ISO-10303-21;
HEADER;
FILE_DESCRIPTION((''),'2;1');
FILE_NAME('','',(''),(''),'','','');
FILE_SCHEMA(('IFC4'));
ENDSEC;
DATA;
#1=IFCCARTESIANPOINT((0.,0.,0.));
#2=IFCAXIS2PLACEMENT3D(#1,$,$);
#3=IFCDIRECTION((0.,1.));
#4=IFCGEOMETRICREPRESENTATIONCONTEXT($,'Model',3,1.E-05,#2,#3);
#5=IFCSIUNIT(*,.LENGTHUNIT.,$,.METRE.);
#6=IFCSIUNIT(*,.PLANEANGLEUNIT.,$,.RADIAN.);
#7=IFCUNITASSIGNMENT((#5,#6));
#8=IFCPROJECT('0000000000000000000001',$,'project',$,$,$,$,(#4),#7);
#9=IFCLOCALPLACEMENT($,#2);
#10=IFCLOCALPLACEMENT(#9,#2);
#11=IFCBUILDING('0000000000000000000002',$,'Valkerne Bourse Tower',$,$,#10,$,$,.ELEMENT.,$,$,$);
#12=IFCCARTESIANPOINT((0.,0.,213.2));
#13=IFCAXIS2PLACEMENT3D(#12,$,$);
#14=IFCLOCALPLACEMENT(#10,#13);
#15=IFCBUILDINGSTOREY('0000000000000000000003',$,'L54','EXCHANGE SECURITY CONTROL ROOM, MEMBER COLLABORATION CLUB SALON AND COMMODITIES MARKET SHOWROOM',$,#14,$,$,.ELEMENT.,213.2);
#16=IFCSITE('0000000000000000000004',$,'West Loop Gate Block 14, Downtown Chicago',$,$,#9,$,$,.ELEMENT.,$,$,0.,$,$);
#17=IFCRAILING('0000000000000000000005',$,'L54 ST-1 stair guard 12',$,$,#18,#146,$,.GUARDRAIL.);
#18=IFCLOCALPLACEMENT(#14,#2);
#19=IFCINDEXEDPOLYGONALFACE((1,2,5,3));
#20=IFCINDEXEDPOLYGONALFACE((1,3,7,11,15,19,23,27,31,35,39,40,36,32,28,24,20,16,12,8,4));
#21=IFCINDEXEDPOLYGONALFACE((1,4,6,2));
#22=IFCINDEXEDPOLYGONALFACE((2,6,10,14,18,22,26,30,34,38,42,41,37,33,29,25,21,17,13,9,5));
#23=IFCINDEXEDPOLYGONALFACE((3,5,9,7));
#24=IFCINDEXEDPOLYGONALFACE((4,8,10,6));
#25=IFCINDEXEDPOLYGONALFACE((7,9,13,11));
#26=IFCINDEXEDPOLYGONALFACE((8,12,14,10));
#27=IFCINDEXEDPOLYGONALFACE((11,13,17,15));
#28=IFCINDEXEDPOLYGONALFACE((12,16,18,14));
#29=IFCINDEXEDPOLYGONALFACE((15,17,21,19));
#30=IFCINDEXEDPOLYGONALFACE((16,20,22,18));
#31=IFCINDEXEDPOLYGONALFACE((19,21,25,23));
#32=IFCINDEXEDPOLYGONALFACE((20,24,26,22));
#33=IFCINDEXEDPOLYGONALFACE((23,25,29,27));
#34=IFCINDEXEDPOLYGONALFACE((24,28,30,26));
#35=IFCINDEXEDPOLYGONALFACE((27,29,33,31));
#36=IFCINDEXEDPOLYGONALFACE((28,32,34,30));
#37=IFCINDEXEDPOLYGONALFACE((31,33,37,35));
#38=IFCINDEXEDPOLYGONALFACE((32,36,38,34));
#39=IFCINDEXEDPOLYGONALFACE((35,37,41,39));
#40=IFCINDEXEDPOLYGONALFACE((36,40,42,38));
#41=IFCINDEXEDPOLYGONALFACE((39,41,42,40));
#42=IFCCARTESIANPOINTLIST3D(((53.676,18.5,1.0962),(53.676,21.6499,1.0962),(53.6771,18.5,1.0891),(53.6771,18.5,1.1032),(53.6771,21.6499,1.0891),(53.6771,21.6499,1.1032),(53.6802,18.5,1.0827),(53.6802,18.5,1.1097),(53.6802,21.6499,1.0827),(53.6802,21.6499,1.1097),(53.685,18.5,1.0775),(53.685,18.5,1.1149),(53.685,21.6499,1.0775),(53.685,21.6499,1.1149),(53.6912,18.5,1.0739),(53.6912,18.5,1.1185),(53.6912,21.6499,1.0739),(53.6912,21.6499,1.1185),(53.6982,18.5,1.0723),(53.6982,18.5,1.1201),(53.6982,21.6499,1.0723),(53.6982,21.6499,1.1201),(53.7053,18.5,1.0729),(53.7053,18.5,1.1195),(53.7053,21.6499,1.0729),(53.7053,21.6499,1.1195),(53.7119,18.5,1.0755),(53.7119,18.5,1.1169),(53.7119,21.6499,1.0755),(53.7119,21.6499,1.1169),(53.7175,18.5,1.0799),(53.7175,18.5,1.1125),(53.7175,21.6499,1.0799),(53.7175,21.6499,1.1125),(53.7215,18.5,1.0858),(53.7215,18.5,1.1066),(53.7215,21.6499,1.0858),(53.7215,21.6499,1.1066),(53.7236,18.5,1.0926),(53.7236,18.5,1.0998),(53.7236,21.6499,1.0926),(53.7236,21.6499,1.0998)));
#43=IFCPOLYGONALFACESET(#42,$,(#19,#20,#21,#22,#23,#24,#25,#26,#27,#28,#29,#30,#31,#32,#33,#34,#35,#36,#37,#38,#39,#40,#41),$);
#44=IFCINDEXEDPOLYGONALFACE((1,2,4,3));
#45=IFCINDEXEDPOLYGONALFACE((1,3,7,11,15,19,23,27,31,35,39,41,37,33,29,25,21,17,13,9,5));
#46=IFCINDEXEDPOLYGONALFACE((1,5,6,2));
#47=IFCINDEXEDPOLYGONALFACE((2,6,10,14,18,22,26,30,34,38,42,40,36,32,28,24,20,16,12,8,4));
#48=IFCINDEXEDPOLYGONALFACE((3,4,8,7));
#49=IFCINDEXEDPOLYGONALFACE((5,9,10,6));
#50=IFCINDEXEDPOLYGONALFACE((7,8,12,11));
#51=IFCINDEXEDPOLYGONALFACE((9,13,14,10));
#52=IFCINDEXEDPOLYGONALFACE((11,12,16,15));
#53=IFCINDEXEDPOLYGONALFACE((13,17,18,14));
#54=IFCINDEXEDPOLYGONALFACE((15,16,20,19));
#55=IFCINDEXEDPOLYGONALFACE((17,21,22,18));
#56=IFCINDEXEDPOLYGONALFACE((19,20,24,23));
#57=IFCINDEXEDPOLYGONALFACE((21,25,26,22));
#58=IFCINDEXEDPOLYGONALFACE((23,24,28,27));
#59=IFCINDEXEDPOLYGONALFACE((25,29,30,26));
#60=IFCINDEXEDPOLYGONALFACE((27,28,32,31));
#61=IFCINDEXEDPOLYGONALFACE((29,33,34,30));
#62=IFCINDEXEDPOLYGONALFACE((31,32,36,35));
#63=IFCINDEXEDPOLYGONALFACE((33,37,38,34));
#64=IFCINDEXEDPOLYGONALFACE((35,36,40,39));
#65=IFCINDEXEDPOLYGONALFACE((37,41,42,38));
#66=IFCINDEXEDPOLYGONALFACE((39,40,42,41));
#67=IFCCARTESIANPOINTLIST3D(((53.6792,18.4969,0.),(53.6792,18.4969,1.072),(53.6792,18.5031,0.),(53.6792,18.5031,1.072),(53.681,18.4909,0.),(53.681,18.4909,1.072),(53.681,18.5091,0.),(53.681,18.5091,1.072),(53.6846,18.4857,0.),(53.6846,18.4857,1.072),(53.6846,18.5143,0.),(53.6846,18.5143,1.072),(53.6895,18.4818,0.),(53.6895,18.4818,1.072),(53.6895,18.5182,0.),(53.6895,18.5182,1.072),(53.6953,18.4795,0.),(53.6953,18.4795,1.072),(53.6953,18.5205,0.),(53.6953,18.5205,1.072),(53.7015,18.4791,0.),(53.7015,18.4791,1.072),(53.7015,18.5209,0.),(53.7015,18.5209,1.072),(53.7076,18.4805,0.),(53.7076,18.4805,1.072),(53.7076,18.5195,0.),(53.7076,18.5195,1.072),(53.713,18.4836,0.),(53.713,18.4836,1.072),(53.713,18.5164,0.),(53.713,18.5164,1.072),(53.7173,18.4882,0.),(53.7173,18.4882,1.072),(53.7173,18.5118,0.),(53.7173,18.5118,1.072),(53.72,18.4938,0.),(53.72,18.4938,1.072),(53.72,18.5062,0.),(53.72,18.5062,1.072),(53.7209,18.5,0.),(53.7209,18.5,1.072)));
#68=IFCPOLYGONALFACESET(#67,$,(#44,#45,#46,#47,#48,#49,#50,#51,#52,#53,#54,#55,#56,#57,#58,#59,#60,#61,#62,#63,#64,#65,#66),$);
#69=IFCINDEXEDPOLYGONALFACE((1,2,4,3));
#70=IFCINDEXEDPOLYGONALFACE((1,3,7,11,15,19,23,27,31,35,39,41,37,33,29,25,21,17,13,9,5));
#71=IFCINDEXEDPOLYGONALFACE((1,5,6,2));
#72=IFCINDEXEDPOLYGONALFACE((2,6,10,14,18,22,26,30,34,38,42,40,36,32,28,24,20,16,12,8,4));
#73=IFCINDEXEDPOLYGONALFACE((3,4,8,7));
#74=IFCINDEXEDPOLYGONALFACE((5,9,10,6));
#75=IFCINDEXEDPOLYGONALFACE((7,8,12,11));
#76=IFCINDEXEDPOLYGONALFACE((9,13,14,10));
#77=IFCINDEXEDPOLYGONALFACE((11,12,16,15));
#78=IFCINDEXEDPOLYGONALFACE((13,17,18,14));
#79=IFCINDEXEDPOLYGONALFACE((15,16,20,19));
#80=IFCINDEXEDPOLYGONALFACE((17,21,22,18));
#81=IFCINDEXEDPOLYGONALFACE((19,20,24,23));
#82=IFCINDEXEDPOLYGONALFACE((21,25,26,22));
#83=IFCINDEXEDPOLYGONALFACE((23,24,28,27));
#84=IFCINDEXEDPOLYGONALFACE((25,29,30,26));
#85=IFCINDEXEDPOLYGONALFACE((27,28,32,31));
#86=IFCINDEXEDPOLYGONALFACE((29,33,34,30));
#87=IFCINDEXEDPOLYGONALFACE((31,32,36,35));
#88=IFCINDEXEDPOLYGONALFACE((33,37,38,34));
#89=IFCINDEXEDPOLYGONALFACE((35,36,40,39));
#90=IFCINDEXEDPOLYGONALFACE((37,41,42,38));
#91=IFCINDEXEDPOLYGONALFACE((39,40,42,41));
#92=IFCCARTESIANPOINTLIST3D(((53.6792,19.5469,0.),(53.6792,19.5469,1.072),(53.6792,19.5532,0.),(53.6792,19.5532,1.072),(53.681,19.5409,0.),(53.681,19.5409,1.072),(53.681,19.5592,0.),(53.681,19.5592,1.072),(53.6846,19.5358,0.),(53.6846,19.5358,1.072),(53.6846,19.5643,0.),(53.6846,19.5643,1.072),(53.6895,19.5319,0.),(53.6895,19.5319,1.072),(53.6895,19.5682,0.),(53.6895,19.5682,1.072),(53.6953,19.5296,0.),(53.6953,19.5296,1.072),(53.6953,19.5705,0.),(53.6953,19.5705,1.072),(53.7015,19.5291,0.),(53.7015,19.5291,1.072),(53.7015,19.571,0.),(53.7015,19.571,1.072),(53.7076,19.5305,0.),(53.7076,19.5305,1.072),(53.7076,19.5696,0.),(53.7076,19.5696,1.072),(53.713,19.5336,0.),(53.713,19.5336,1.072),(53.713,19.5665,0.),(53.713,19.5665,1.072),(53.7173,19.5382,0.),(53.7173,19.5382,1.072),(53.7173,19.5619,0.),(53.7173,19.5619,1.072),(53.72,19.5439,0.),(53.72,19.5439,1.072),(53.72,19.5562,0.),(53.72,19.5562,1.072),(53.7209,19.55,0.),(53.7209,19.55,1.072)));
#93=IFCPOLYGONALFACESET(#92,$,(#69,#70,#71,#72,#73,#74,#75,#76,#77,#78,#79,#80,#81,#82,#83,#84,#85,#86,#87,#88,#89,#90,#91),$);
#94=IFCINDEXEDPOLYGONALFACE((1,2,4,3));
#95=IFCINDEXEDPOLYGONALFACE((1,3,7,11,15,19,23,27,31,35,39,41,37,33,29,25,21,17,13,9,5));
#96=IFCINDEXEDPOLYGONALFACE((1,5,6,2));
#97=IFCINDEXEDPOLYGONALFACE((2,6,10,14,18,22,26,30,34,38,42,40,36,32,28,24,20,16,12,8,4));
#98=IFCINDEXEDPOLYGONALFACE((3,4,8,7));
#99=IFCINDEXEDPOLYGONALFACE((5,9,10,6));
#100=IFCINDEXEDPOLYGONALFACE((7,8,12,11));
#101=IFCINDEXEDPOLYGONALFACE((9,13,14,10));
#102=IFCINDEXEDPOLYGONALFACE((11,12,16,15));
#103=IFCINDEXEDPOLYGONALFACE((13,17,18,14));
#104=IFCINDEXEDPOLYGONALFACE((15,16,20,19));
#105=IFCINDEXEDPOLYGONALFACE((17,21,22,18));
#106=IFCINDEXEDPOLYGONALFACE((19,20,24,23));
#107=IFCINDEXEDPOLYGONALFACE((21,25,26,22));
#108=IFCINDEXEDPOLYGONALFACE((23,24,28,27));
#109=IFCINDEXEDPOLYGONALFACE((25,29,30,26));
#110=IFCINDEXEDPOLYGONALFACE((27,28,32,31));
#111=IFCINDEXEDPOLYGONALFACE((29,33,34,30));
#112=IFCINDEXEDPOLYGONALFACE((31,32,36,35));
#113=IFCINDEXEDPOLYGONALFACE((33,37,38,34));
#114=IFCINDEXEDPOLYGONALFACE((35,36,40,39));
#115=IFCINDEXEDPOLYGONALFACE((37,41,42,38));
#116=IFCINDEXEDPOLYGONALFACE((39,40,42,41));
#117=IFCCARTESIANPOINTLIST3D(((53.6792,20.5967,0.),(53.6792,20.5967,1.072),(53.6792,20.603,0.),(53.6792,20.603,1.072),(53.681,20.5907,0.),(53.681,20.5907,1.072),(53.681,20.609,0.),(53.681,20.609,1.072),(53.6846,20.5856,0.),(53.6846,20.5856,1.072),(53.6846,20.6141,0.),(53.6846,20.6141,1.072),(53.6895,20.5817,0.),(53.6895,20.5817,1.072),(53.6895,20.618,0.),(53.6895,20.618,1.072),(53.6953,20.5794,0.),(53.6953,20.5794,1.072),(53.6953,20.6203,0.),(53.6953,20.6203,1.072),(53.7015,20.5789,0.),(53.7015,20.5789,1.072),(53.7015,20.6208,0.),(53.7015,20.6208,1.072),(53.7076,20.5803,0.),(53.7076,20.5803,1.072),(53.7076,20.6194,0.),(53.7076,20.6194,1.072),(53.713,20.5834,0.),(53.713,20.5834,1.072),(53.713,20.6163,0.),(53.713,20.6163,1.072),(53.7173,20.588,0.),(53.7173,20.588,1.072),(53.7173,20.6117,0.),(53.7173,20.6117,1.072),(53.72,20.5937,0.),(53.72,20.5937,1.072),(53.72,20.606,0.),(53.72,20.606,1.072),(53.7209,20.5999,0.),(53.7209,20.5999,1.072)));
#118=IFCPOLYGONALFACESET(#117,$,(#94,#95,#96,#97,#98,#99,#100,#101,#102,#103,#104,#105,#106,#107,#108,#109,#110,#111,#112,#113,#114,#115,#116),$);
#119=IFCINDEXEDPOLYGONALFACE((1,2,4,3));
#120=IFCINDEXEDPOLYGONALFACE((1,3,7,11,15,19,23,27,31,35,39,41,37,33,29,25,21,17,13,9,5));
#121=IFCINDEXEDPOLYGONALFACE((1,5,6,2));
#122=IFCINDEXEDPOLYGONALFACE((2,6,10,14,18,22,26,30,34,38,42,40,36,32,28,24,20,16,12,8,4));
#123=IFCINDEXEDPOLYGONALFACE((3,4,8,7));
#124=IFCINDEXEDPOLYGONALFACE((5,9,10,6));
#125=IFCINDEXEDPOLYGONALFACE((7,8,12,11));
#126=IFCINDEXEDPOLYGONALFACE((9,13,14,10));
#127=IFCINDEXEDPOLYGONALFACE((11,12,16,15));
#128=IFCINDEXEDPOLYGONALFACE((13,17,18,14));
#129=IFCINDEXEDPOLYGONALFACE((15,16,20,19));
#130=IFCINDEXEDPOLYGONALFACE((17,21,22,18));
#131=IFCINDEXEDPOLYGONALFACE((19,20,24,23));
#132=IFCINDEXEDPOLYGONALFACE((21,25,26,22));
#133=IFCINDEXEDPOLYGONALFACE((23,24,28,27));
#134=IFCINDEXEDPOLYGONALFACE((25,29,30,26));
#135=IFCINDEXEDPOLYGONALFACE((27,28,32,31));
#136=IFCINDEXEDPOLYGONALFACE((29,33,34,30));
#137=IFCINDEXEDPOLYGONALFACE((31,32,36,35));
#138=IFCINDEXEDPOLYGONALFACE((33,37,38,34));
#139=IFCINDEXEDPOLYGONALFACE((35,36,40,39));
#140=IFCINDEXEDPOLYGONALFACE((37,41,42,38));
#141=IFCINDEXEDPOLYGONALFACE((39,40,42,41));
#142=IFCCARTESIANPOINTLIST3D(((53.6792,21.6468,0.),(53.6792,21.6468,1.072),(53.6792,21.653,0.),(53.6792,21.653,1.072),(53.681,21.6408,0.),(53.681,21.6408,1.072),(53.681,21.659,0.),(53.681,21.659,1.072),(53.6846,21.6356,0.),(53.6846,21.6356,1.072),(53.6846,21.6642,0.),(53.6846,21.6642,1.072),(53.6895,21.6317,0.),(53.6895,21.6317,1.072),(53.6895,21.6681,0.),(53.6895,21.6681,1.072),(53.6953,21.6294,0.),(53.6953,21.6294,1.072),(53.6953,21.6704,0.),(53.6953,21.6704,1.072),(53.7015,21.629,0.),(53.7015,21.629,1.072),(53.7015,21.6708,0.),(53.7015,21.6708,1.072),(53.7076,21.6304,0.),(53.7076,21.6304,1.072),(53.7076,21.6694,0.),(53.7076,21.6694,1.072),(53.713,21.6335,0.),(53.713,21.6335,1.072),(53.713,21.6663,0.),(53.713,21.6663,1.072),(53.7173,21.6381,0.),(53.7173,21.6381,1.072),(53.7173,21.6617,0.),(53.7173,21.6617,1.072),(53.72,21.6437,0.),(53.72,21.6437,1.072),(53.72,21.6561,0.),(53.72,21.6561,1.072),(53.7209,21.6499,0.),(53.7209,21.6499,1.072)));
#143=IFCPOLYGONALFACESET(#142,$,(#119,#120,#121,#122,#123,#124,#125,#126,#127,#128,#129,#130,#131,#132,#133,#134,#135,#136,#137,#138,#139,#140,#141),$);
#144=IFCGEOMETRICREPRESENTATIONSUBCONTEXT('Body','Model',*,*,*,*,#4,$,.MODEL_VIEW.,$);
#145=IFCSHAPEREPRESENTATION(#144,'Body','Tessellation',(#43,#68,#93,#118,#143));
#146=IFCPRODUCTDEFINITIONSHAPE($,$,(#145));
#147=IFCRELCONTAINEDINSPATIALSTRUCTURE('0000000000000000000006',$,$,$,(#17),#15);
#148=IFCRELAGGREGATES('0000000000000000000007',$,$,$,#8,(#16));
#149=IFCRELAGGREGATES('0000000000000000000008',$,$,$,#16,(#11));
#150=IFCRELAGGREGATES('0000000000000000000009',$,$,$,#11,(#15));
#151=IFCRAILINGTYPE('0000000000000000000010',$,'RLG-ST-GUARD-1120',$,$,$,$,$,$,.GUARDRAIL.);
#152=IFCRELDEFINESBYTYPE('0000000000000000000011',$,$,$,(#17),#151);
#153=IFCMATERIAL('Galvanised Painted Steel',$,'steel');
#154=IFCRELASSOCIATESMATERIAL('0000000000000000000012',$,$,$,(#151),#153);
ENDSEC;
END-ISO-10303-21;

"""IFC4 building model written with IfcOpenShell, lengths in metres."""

from ifc_helpers import new_model, si_unit, direction, frame, origin, origin_2d, place, context, subcontext, project, spatial, circle, extrude, material, type_object, element, save


model = new_model("IFC4")

# Units and contexts
model_context = context("Model", 3, precision=1e-05, world=origin(), true_north=direction((0.0, 1.0)))
body_context = subcontext(model_context, "Body", "Model", "MODEL_VIEW")
ifc_project = project(units=[si_unit("LENGTHUNIT", "METRE"), si_unit("PLANEANGLEUNIT", "RADIAN")], contexts=[model_context])

# Site, building, storey
site_placement = place(None, origin())
site = spatial("IfcSite", under=ifc_project, at=site_placement, Name="West Loop Gate Block 14, Downtown Chicago", CompositionType="ELEMENT", RefElevation=0.0)
building_placement = place(site_placement, origin())
building = spatial("IfcBuilding", under=site, at=building_placement, Name="Valkerne Bourse Tower", CompositionType="ELEMENT")
storey_placement = place(building_placement, frame((0.0, 0.0, 213.2)))
storey = spatial("IfcBuildingStorey", under=building, at=storey_placement, Name="L54", Description="EXCHANGE SECURITY CONTROL ROOM, MEMBER COLLABORATION CLUB SALON AND COMMODITIES MARKET SHOWROOM", CompositionType="ELEMENT", Elevation=213.2)

# Railing
ifc_material_1 = material(Name="Galvanised Painted Steel", Category="steel")
railing_type = type_object("IfcRailingType", Name="RLG-ST-GUARD-1120", PredefinedType="GUARDRAIL", material=ifc_material_1)
railing_1_placement = place(storey_placement, frame((53.7, 18.5, 0.0)))
element("IfcRailing", 1, at=railing_1_placement, inside=storey, type_object=railing_type, Name="L54 ST-1 stair guard 12", PredefinedType="GUARDRAIL", context=body_context, shape_type="SweptSolid", body=[
    extrude(circle(Radius=0.0239, at=origin_2d()), frame((0.0, 0.0, 1.0962), z_axis=(0.0, 1.0, 0.0), x_axis=(-1.0, 0.0, 0.0)), (0.0, 0.0, 1.0), 3.1499),
    extrude(circle(Radius=0.021, at=origin_2d()), origin(), (0.0, 0.0, 1.0), 1.072),
    extrude(circle(Radius=0.021, at=origin_2d()), frame((0.0, 1.05, 0.0)), (0.0, 0.0, 1.0), 1.072),
    extrude(circle(Radius=0.021, at=origin_2d()), frame((0.0, 2.0999, 0.0)), (0.0, 0.0, 1.0), 1.072),
    extrude(circle(Radius=0.021, at=origin_2d()), frame((0.0, 3.1499, 0.0)), (0.0, 0.0, 1.0), 1.072),
])

save(model, "model.ifc")
